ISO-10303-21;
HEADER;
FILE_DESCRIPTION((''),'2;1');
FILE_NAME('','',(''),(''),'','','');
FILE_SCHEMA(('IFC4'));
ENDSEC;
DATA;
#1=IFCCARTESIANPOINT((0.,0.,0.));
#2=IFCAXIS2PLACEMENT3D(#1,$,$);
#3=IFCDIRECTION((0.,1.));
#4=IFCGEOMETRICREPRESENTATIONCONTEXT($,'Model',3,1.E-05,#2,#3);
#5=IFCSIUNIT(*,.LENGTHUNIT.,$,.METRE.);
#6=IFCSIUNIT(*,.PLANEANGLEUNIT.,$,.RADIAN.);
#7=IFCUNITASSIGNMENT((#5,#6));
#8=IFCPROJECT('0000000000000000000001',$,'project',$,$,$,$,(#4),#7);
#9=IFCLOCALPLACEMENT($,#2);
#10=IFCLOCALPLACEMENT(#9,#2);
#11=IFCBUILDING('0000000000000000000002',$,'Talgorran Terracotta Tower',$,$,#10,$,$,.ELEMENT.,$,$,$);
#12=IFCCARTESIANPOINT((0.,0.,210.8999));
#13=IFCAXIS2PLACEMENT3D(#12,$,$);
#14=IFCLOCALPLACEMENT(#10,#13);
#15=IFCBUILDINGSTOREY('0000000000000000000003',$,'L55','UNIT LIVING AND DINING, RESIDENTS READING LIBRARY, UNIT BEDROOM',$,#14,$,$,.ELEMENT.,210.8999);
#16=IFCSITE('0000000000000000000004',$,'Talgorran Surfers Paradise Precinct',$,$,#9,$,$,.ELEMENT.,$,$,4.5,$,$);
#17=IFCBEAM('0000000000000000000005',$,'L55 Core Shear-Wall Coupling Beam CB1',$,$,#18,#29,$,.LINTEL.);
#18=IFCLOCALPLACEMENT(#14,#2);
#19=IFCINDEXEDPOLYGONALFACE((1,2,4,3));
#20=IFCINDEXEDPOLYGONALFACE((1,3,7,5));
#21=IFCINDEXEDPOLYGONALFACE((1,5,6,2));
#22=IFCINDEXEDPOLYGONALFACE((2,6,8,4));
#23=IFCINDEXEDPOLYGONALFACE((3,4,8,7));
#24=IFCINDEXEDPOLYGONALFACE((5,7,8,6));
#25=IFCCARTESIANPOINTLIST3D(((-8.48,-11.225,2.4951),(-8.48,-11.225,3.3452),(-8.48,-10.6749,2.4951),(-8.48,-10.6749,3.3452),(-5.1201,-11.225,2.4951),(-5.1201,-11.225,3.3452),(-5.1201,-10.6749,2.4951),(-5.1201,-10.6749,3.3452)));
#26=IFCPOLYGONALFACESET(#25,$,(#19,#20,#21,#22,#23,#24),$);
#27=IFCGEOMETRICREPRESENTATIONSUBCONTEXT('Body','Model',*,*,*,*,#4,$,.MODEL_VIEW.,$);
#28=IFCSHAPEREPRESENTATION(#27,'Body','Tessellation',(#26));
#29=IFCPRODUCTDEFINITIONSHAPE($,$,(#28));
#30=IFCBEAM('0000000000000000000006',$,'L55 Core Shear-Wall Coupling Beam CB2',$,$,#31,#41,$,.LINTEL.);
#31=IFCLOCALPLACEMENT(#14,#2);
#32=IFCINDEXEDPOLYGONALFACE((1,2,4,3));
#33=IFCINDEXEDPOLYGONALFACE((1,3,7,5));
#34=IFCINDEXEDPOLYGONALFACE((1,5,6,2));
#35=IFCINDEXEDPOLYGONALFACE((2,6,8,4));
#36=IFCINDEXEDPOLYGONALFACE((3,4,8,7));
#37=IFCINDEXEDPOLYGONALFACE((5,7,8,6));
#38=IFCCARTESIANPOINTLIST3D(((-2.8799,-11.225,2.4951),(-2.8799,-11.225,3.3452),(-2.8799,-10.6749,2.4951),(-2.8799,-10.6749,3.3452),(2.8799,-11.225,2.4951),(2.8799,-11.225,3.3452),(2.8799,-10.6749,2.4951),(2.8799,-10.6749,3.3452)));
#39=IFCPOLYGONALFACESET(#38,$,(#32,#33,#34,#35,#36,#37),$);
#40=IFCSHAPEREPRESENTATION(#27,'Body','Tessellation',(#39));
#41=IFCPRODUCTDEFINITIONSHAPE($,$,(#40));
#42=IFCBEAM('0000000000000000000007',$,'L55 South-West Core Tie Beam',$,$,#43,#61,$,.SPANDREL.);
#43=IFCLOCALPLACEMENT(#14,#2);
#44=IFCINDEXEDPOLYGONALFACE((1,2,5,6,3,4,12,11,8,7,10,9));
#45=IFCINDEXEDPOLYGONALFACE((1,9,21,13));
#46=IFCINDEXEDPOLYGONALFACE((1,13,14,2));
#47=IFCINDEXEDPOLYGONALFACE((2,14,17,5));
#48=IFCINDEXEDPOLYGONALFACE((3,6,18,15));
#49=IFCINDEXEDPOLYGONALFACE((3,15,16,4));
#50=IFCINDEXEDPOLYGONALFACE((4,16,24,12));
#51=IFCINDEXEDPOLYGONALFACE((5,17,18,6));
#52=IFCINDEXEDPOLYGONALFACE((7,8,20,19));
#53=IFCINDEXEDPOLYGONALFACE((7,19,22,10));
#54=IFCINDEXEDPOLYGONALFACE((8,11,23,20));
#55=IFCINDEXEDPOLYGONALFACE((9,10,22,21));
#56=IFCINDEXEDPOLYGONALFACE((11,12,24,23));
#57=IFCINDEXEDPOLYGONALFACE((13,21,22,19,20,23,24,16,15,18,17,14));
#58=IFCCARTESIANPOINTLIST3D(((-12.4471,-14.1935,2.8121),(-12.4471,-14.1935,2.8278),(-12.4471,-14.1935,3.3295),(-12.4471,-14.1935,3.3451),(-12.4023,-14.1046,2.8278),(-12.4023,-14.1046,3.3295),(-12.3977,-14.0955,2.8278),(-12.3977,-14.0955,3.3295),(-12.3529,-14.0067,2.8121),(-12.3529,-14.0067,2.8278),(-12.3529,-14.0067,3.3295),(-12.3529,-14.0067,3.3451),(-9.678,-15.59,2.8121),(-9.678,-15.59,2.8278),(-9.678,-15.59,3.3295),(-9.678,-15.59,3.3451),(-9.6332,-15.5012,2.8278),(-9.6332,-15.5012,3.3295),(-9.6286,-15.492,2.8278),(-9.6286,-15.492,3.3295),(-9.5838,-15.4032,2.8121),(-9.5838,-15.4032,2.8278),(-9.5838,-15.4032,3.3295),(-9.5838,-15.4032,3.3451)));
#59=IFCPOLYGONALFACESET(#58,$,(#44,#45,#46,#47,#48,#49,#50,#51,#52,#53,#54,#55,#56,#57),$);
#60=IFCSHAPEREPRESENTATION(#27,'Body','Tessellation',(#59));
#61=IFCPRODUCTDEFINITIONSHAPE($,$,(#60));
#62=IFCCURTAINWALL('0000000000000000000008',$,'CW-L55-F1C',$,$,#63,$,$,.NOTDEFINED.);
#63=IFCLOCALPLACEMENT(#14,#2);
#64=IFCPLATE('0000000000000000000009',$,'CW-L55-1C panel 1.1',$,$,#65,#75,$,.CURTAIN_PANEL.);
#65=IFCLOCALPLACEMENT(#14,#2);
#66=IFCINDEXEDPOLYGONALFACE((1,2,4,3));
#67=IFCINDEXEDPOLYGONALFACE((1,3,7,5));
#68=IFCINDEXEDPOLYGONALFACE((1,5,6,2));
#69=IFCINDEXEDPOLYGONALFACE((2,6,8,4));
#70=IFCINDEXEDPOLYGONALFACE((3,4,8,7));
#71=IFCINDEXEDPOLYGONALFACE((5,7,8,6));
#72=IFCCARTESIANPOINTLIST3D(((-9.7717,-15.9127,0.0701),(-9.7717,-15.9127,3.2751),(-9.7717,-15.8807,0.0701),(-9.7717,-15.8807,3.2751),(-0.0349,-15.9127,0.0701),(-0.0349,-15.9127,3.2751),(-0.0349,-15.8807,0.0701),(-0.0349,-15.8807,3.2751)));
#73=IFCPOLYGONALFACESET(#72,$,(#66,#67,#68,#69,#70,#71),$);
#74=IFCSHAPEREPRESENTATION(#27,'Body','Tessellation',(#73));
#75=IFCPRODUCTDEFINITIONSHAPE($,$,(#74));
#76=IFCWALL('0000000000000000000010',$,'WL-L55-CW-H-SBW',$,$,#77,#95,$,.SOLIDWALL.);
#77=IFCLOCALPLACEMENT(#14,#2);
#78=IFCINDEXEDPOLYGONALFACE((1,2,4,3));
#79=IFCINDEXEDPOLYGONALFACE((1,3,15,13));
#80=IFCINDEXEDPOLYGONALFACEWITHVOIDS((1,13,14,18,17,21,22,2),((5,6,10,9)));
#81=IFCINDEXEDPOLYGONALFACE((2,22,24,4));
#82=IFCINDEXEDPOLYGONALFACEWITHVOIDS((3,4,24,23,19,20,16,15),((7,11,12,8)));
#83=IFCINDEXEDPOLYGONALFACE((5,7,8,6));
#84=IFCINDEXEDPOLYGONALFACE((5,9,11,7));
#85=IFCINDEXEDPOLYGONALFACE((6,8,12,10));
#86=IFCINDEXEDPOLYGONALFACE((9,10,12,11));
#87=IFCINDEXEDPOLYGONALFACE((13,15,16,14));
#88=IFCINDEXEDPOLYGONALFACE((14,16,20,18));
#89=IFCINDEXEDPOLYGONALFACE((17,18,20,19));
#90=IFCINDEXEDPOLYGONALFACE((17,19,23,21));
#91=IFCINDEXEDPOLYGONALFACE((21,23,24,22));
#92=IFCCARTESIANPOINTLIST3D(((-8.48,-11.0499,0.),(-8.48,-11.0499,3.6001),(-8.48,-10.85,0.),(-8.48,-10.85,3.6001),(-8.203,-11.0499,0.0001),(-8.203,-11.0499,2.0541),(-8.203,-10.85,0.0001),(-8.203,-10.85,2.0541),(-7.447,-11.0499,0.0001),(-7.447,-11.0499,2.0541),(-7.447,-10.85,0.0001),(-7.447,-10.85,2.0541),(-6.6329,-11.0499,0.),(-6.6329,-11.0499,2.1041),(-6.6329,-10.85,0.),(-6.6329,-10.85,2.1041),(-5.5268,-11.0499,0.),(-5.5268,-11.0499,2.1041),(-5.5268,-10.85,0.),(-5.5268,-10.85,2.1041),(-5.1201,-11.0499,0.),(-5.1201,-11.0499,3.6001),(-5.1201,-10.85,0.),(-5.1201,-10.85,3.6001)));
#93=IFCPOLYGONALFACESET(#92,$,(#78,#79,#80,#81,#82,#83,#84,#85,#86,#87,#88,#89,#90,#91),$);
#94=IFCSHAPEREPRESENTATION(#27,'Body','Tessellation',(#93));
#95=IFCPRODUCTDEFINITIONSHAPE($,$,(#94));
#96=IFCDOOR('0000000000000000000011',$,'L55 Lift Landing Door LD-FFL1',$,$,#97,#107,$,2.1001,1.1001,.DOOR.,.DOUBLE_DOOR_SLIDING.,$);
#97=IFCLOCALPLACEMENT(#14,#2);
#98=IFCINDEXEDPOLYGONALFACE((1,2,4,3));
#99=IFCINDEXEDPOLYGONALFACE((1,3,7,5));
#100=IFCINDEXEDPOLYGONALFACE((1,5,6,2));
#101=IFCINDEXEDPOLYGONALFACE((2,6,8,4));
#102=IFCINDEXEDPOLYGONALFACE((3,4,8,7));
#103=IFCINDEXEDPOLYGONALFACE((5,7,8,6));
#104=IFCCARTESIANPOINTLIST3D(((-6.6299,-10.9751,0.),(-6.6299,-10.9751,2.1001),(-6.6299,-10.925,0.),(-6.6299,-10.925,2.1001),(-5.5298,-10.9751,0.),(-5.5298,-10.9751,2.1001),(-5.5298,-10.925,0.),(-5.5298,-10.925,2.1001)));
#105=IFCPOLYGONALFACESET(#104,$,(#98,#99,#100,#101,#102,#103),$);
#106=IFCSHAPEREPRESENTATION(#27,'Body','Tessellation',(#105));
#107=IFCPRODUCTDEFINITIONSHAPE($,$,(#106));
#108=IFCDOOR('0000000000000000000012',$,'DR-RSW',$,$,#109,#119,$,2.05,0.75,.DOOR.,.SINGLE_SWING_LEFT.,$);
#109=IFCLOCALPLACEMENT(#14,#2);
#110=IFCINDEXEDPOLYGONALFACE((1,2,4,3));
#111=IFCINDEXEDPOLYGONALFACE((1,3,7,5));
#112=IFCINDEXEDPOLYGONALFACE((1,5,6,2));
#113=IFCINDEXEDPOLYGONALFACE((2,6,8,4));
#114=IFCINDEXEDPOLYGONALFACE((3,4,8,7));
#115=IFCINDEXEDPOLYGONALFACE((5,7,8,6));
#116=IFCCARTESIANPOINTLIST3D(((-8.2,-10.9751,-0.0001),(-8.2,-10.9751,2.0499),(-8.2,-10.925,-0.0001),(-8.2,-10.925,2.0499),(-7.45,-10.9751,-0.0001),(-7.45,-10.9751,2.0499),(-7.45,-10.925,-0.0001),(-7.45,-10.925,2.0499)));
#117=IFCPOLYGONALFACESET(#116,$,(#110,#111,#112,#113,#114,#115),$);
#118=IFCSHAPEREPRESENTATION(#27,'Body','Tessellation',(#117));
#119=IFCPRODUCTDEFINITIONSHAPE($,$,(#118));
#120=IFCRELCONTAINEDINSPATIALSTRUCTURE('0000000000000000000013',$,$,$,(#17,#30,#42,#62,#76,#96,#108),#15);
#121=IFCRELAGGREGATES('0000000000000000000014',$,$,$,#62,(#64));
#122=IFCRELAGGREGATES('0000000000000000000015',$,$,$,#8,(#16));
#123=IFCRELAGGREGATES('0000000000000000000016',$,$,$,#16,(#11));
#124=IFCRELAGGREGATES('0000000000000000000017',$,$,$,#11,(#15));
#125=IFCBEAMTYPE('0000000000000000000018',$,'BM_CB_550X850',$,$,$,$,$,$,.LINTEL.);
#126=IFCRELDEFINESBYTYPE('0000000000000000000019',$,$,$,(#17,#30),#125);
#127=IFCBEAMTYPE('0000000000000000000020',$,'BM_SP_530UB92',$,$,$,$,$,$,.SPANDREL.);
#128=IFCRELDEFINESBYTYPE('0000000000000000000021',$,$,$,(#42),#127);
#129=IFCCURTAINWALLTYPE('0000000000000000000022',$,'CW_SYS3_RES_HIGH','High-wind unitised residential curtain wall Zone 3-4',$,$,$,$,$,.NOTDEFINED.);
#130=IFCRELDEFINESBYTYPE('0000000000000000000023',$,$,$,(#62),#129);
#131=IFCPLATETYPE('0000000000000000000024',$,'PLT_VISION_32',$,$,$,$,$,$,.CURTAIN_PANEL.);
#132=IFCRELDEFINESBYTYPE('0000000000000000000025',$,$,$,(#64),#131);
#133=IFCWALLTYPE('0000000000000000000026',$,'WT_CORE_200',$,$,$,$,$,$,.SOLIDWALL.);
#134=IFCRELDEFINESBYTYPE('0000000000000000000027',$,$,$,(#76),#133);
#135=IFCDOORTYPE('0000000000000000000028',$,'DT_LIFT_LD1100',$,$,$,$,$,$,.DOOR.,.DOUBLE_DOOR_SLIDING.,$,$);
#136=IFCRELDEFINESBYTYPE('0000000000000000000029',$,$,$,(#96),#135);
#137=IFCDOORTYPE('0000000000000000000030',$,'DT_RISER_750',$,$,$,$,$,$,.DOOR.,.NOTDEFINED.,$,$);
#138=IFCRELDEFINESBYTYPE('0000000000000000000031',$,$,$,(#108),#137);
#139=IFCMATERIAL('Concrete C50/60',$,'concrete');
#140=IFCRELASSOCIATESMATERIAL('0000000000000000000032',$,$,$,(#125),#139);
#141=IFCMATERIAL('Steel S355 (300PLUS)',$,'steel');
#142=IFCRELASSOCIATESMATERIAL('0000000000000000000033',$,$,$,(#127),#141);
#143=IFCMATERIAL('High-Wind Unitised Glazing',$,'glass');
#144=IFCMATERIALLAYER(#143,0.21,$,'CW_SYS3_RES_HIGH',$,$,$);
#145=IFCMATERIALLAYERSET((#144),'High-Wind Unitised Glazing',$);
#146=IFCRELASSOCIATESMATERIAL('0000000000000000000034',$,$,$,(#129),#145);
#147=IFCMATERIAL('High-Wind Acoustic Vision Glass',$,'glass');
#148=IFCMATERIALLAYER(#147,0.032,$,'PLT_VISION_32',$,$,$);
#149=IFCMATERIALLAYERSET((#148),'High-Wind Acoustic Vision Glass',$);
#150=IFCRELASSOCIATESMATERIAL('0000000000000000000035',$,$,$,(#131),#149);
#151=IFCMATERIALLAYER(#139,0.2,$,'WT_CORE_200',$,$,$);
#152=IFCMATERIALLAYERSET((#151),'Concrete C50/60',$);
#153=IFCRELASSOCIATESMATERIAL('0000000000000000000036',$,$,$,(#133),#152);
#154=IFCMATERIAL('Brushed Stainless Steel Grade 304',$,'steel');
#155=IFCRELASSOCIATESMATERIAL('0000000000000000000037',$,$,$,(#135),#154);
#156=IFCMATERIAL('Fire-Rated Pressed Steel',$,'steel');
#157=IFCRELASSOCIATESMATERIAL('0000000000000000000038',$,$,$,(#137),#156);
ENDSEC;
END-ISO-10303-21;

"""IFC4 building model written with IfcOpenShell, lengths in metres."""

from ifc_helpers import new_model, si_unit, direction, frame, frame_2d, origin, origin_2d, place, context, subcontext, project, spatial, rectangle, i_section, extrude, source, transform, mapped, material, layer, layer_set, material_profile, profile_set, type_object, type_shapes, element, fill, aggregate, save


model = new_model("IFC4")

# Units and contexts
model_context = context("Model", 3, precision=1e-05, world=origin(), true_north=direction((0.0, 1.0)))
body_context = subcontext(model_context, "Body", "Model", "MODEL_VIEW")
ifc_project = project(units=[si_unit("LENGTHUNIT", "METRE"), si_unit("PLANEANGLEUNIT", "RADIAN")], contexts=[model_context])

# Site, building, storey
site_placement = place(None, origin())
site = spatial("IfcSite", under=ifc_project, at=site_placement, Name="Talgorran Surfers Paradise Precinct", CompositionType="ELEMENT", RefElevation=4.5)
building_placement = place(site_placement, origin())
building = spatial("IfcBuilding", under=site, at=building_placement, Name="Talgorran Terracotta Tower", CompositionType="ELEMENT")
storey_placement = place(building_placement, frame((0.0, 0.0, 210.8999)))
storey = spatial("IfcBuildingStorey", under=building, at=storey_placement, Name="L55", Description="UNIT LIVING AND DINING, RESIDENTS READING LIBRARY, UNIT BEDROOM", CompositionType="ELEMENT", Elevation=210.8999)

# Beams
ifc_material_1 = material(Name="Concrete C50/60", Category="concrete")
ifc_material_profile_1 = material_profile(ifc_material_1, rectangle(XDim=0.55, YDim=0.8501, at=origin_2d()), Name="RCCB550X850")
ifc_profile_set_1 = profile_set([ifc_material_profile_1], Name="Concrete C50/60")
beam_type_1 = type_object("IfcBeamType", Name="BM_CB_550X850", PredefinedType="LINTEL", material=ifc_profile_set_1)
beam_1_placement = place(storey_placement, frame((-8.48, -10.95, 2.9202), z_axis=(1.0, 0.0, 0.0), x_axis=(0.0, 1.0, 0.0)))
element("IfcBeam", 1, at=beam_1_placement, inside=storey, type_object=beam_type_1, Name="L55 Core Shear-Wall Coupling Beam CB1", PredefinedType="LINTEL", context=body_context, shape_type="SweptSolid", body=[
    extrude(rectangle(XDim=0.55, YDim=0.8501, at=origin_2d()), origin(), (0.0, 0.0, 1.0), 3.3599),
])
beam_2_placement = place(storey_placement, frame((-2.8799, -10.95, 2.9202), z_axis=(1.0, 0.0, 0.0), x_axis=(0.0, 1.0, 0.0)))
element("IfcBeam", 2, at=beam_2_placement, inside=storey, type_object=beam_type_1, Name="L55 Core Shear-Wall Coupling Beam CB2", PredefinedType="LINTEL", context=body_context, shape_type="SweptSolid", body=[
    extrude(rectangle(XDim=0.55, YDim=0.8501, at=origin_2d()), origin(), (0.0, 0.0, 1.0), 5.7598),
])
ifc_material_2 = material(Name="Steel S355 (300PLUS)", Category="steel")
ifc_material_profile_2 = material_profile(ifc_material_2, i_section(OverallWidth=0.2092, OverallDepth=0.533, WebThickness=0.0103, FlangeThickness=0.0156, at=origin_2d()), Name="530UB92.4")
ifc_profile_set_2 = profile_set([ifc_material_profile_2], Name="Steel S355 (300PLUS)")
beam_type_2 = type_object("IfcBeamType", Name="BM_SP_530UB92", PredefinedType="SPANDREL", material=ifc_profile_set_2)
beam_3_placement = place(storey_placement, frame((-9.6309, -15.4966, 3.0786), z_axis=(-0.892879, 0.450297, 0.0), x_axis=(-0.450297, -0.892879, 0.0)))
element("IfcBeam", 3, at=beam_3_placement, inside=storey, type_object=beam_type_2, Name="L55 South-West Core Tie Beam", PredefinedType="SPANDREL", context=body_context, shape_type="SweptSolid", body=[
    extrude(i_section(OverallWidth=0.2092, OverallDepth=0.533, WebThickness=0.0103, FlangeThickness=0.0156, at=origin_2d()), origin(), (0.0, 0.0, 1.0), 3.1013),
])

# Curtain wall, plate
ifc_material_3 = material(Name="High-Wind Unitised Glazing", Category="glass")
ifc_layer_1 = layer(ifc_material_3, 0.21, Name="CW_SYS3_RES_HIGH")
ifc_layer_set_1 = layer_set([ifc_layer_1], Name="High-Wind Unitised Glazing")
curtain_wall_type = type_object("IfcCurtainWallType", Name="CW_SYS3_RES_HIGH", Description="High-wind unitised residential curtain wall Zone 3-4", PredefinedType="NOTDEFINED", material=ifc_layer_set_1)
curtain_wall_placement = place(storey_placement, origin())
curtain_wall = element("IfcCurtainWall", 4, at=curtain_wall_placement, inside=storey, type_object=curtain_wall_type, Name="CW-L55-F1C", PredefinedType="NOTDEFINED")
ifc_material_4 = material(Name="High-Wind Acoustic Vision Glass", Category="glass")
ifc_layer_2 = layer(ifc_material_4, 0.032, Name="PLT_VISION_32")
ifc_layer_set_2 = layer_set([ifc_layer_2], Name="High-Wind Acoustic Vision Glass")
plate_type = type_object("IfcPlateType", Name="PLT_VISION_32", PredefinedType="CURTAIN_PANEL", material=ifc_layer_set_2)
shared_shape = source(origin(), body_context, "Body", "SweptSolid", [
    extrude(rectangle(XDim=9.7368, YDim=0.032, at=origin_2d()), origin(), (0.0, 0.0, 1.0), 3.2051),
])
type_shapes(plate_type, [shared_shape])
plate_placement = place(storey_placement, frame((-4.9033, -15.8967, 0.0701), z_axis=(0.0, 0.0, 1.0), x_axis=(1.0, 0.0, 0.0)))
plate = element("IfcPlate", 5, at=plate_placement, type_object=plate_type, Name="CW-L55-1C panel 1.1", PredefinedType="CURTAIN_PANEL", context=body_context, shape_type="MappedRepresentation", body=[
    mapped(shared_shape, transform((0.0, 0.0, 0.0), scale=1.0)),
])
aggregate(curtain_wall, [plate])

# Wall, openings, doors
ifc_layer_3 = layer(ifc_material_1, 0.2, Name="WT_CORE_200")
ifc_layer_set_3 = layer_set([ifc_layer_3], Name="Concrete C50/60")
wall_type_1 = type_object("IfcWallType", Name="WT_CORE_200", PredefinedType="SOLIDWALL", material=ifc_layer_set_3)
wall_1_placement = place(storey_placement, frame((-8.48, -10.95, 0.0), z_axis=(0.0, 0.0, 1.0), x_axis=(1.0, 0.0, 0.0)))
wall_1 = element("IfcWall", 6, at=wall_1_placement, inside=storey, type_object=wall_type_1, Name="WL-L55-CW-H-SBW", PredefinedType="SOLIDWALL", context=body_context, shape_type="SweptSolid", body=[
    extrude(rectangle(XDim=3.3599, YDim=0.2, at=frame_2d((1.6799, 0.0))), origin(), (0.0, 0.0, 1.0), 3.6001),
])
opening_1_placement = place(wall_1_placement, frame((0.28, 0.0, 0.0)))
opening_1 = element("IfcOpeningElement", 7, at=opening_1_placement, cuts=wall_1, PredefinedType="OPENING", context=body_context, shape_type="SweptSolid", body=[
    extrude(rectangle(XDim=0.756, YDim=2.054, at=frame_2d((0.375, 1.0271))), frame((0.0, 0.1099, 0.0), z_axis=(0.0, -1.0, 0.0), x_axis=(1.0, 0.0, 0.0)), (0.0, 0.0, 1.0), 0.22),
])
opening_2_placement = place(wall_1_placement, frame((1.8501, 0.0, 0.0)))
opening_2 = element("IfcOpeningElement", 8, at=opening_2_placement, cuts=wall_1, PredefinedType="OPENING", context=body_context, shape_type="SweptSolid", body=[
    extrude(rectangle(XDim=1.1061, YDim=2.1041, at=frame_2d((0.55, 1.052))), frame((0.0, 0.1099, 0.0), z_axis=(0.0, -1.0, 0.0), x_axis=(1.0, 0.0, 0.0)), (0.0, 0.0, 1.0), 0.22),
])
ifc_material_5 = material(Name="Brushed Stainless Steel Grade 304", Category="steel")
door_type_1 = type_object("IfcDoorType", Name="DT_LIFT_LD1100", OperationType="DOUBLE_DOOR_SLIDING", PredefinedType="DOOR", material=ifc_material_5)
door_1_placement = place(opening_2_placement, origin())
door_1 = element("IfcDoor", 9, at=door_1_placement, inside=storey, type_object=door_type_1, Name="L55 Lift Landing Door LD-FFL1", OperationType="DOUBLE_DOOR_SLIDING", OverallHeight=2.1001, OverallWidth=1.1001, PredefinedType="DOOR", context=body_context, shape_type="SweptSolid", body=[
    extrude(rectangle(XDim=1.1001, YDim=2.1001, at=frame_2d((0.55, 1.05))), frame((0.0, 0.0249, 0.0), z_axis=(0.0, -1.0, 0.0), x_axis=(1.0, 0.0, 0.0)), (0.0, 0.0, 1.0), 0.05),
])
fill(opening_2, door_1)
ifc_material_6 = material(Name="Fire-Rated Pressed Steel", Category="steel")
door_type_2 = type_object("IfcDoorType", Name="DT_RISER_750", OperationType="NOTDEFINED", PredefinedType="DOOR", material=ifc_material_6)
door_2_placement = place(opening_1_placement, origin())
door_2 = element("IfcDoor", 10, at=door_2_placement, inside=storey, type_object=door_type_2, Name="DR-RSW", OperationType="SINGLE_SWING_LEFT", OverallHeight=2.05, OverallWidth=0.75, PredefinedType="DOOR", context=body_context, shape_type="SweptSolid", body=[
    extrude(rectangle(XDim=0.75, YDim=2.05, at=frame_2d((0.375, 1.0249))), frame((0.0, 0.0249, 0.0), z_axis=(0.0, -1.0, 0.0), x_axis=(1.0, 0.0, 0.0)), (0.0, 0.0, 1.0), 0.05),
])
fill(opening_1, door_2)

save(model, "model.ifc")
